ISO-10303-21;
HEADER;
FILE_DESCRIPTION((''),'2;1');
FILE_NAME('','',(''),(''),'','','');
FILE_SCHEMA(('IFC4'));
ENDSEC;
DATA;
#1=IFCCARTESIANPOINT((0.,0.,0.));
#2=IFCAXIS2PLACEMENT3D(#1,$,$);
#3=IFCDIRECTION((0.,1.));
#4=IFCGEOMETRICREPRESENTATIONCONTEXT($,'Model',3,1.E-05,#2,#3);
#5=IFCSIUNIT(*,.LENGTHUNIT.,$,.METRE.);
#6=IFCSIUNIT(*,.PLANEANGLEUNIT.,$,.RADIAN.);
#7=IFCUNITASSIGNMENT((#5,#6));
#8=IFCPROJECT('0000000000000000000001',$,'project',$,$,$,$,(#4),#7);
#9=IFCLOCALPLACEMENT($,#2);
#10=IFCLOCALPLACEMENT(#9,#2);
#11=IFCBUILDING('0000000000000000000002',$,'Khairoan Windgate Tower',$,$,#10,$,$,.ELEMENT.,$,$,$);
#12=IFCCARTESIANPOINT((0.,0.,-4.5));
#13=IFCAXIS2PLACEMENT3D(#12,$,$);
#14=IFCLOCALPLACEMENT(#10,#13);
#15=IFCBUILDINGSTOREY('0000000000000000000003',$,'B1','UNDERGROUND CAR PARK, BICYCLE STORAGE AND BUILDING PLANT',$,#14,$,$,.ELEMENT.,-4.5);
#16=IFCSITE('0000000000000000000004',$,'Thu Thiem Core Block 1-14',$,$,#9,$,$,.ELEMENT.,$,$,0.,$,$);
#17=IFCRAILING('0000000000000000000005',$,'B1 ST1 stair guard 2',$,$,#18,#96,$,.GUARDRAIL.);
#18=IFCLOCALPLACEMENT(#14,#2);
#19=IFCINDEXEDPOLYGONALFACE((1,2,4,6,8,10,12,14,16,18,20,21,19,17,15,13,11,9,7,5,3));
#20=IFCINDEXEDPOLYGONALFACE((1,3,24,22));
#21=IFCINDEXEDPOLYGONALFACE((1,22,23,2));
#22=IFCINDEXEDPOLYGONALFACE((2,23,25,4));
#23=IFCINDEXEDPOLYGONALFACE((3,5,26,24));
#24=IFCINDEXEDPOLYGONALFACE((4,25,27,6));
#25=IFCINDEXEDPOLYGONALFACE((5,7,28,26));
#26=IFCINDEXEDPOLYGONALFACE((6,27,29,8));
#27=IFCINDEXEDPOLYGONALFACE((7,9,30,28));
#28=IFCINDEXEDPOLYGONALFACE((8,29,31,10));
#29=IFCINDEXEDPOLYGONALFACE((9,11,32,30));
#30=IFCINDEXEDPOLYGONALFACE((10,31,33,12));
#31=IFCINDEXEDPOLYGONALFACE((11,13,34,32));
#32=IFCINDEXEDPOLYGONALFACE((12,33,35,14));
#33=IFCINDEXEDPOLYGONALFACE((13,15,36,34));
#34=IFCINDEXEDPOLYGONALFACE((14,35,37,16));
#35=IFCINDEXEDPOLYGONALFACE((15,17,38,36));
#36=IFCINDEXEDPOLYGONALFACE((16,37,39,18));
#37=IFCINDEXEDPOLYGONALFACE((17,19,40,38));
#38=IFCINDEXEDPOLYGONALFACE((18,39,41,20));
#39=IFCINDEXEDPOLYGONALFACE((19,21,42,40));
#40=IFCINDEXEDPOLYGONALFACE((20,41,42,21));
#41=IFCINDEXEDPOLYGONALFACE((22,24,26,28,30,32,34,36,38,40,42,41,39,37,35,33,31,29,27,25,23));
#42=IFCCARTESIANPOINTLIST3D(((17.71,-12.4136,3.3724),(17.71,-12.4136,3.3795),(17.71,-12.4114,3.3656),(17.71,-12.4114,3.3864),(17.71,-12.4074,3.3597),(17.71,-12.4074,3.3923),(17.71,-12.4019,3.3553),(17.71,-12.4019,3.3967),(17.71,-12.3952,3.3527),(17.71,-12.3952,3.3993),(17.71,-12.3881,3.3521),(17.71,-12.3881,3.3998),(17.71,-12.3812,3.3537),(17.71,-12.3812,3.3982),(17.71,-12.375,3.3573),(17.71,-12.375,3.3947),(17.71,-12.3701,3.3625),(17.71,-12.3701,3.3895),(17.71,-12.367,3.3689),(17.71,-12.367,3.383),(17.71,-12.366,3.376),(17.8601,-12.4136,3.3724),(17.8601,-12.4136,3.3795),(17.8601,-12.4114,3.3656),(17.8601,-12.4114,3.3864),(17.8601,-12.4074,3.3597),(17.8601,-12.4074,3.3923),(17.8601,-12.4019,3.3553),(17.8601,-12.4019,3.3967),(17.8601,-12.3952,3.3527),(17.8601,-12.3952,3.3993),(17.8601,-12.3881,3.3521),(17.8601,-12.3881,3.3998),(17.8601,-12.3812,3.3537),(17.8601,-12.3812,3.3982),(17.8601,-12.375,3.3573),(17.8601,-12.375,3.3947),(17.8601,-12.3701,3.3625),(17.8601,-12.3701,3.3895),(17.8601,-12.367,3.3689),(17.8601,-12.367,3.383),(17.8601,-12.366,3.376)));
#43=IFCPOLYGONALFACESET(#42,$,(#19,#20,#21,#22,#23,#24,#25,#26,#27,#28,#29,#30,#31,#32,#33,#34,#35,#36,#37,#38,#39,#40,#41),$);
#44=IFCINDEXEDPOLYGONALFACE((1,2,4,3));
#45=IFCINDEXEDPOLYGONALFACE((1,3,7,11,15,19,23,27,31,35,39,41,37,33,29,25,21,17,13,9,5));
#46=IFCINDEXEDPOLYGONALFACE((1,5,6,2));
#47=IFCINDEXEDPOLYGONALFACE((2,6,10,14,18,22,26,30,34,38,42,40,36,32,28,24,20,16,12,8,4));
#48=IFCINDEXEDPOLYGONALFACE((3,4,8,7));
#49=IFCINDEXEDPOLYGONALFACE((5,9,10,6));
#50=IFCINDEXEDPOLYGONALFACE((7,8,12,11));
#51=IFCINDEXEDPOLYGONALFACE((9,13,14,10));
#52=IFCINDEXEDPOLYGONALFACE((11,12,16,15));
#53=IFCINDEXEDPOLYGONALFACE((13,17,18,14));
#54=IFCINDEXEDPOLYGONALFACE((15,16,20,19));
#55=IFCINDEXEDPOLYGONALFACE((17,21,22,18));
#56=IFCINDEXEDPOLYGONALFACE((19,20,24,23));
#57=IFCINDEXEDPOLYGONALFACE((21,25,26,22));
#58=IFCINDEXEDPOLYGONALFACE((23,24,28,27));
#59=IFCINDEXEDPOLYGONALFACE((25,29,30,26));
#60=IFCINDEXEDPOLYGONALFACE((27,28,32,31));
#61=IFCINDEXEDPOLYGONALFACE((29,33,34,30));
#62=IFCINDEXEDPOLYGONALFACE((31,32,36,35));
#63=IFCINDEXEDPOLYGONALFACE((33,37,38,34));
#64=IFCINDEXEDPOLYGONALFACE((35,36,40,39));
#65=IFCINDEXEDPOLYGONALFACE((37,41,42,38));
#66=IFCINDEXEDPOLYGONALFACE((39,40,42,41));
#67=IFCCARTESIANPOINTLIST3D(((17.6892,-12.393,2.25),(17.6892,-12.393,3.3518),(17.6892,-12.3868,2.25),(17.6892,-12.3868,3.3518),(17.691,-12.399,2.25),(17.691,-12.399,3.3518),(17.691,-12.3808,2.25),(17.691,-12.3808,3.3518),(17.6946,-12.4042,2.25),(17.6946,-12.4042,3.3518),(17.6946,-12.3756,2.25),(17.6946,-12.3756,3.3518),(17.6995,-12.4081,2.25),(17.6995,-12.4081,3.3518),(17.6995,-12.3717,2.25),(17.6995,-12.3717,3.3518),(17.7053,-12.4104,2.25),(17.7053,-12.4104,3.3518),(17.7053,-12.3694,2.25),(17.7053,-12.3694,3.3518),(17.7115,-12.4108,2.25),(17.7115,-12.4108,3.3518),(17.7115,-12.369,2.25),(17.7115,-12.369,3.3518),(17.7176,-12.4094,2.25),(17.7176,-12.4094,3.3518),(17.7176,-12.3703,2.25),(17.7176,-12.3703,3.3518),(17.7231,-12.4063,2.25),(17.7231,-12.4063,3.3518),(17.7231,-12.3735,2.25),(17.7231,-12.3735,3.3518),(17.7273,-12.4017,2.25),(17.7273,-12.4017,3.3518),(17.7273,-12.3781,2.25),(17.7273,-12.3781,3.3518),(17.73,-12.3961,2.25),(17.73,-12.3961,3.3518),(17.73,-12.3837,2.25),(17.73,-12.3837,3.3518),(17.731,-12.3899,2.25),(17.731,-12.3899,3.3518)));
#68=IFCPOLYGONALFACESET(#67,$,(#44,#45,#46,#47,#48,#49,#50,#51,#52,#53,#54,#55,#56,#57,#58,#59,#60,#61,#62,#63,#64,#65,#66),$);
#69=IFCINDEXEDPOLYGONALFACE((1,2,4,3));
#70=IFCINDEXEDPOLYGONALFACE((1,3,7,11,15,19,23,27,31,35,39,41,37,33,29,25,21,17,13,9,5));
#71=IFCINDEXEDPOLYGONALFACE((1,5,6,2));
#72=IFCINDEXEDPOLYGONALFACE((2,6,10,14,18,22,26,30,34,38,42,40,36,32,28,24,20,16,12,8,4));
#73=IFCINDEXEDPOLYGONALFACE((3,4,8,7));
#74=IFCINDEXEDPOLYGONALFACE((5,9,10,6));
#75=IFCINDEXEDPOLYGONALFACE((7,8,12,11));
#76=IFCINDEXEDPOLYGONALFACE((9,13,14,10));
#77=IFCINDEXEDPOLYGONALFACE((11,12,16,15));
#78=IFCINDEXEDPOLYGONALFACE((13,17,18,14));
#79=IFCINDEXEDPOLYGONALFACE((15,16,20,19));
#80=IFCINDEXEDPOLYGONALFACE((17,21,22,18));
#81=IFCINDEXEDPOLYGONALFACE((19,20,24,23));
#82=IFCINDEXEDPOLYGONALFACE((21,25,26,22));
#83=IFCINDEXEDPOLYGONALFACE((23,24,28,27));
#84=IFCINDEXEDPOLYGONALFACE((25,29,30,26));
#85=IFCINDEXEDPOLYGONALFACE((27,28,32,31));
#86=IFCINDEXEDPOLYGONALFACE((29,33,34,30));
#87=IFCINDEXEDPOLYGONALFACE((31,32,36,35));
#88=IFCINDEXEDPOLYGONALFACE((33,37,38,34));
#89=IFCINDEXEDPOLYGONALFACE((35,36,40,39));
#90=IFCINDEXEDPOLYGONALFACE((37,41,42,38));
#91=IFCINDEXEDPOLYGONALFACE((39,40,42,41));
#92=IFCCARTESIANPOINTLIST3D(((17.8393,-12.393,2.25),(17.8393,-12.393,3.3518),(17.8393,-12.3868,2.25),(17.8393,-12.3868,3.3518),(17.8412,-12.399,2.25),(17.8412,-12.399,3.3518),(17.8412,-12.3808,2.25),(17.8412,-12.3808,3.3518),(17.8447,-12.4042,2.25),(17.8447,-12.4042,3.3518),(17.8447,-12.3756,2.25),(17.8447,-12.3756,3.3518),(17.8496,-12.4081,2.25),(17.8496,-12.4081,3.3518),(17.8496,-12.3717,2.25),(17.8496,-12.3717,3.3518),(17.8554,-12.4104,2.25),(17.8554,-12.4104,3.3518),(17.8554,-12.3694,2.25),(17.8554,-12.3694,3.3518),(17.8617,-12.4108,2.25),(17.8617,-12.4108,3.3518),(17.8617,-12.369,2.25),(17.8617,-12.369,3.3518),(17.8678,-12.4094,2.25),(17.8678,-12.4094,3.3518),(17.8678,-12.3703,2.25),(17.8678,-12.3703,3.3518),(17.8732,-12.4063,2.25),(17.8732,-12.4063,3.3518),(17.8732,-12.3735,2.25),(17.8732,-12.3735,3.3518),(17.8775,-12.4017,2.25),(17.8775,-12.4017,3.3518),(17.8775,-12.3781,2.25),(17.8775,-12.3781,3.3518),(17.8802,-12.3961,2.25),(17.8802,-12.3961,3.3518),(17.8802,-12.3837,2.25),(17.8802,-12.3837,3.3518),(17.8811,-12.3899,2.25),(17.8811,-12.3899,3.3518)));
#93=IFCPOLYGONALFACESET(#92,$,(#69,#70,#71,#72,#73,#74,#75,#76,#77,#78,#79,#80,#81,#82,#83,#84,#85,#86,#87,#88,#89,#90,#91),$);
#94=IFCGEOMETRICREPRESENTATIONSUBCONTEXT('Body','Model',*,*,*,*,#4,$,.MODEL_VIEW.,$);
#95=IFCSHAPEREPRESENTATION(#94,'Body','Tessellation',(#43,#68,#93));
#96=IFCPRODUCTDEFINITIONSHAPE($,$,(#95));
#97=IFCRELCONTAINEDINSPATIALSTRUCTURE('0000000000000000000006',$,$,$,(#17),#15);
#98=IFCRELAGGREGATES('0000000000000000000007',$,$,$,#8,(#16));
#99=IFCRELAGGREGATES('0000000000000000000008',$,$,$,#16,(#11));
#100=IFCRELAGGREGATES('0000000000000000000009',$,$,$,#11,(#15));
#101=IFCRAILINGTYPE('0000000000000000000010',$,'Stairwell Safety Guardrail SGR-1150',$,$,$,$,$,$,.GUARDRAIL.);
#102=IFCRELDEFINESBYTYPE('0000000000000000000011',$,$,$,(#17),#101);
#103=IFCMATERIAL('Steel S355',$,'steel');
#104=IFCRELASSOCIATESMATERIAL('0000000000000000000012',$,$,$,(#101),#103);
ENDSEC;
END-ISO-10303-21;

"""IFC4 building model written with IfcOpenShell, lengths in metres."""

from ifc_helpers import new_model, si_unit, direction, frame, origin, origin_2d, place, context, subcontext, project, spatial, circle, extrude, material, type_object, element, save


model = new_model("IFC4")

# Units and contexts
model_context = context("Model", 3, precision=1e-05, world=origin(), true_north=direction((0.0, 1.0)))
body_context = subcontext(model_context, "Body", "Model", "MODEL_VIEW")
ifc_project = project(units=[si_unit("LENGTHUNIT", "METRE"), si_unit("PLANEANGLEUNIT", "RADIAN")], contexts=[model_context])

# Site, building, storey
site_placement = place(None, origin())
site = spatial("IfcSite", under=ifc_project, at=site_placement, Name="Thu Thiem Core Block 1-14", CompositionType="ELEMENT", RefElevation=0.0)
building_placement = place(site_placement, origin())
building = spatial("IfcBuilding", under=site, at=building_placement, Name="Khairoan Windgate Tower", CompositionType="ELEMENT")
storey_placement = place(building_placement, frame((0.0, 0.0, -4.5)))
storey = spatial("IfcBuildingStorey", under=building, at=storey_placement, Name="B1", Description="UNDERGROUND CAR PARK, BICYCLE STORAGE AND BUILDING PLANT", CompositionType="ELEMENT", Elevation=-4.5)

# Railing
ifc_material_1 = material(Name="Steel S355", Category="steel")
railing_type_1 = type_object("IfcRailingType", Name="Stairwell Safety Guardrail SGR-1150", PredefinedType="GUARDRAIL", material=ifc_material_1)
railing_1_placement = place(storey_placement, frame((17.71, -12.3899, 2.25)))
element("IfcRailing", 1, at=railing_1_placement, inside=storey, type_object=railing_type_1, Name="B1 ST1 stair guard 2", PredefinedType="GUARDRAIL", context=body_context, shape_type="SweptSolid", body=[
    extrude(circle(Radius=0.0239, at=origin_2d()), frame((0.0, 0.0, 1.126), z_axis=(1.0, 0.0, 0.0), x_axis=(0.0, 1.0, 0.0)), (0.0, 0.0, 1.0), 0.1501),
    extrude(circle(Radius=0.021, at=origin_2d()), origin(), (0.0, 0.0, 1.0), 1.1018),
    extrude(circle(Radius=0.021, at=origin_2d()), frame((0.1501, 0.0, 0.0)), (0.0, 0.0, 1.0), 1.1018),
])

save(model, "model.ifc")
